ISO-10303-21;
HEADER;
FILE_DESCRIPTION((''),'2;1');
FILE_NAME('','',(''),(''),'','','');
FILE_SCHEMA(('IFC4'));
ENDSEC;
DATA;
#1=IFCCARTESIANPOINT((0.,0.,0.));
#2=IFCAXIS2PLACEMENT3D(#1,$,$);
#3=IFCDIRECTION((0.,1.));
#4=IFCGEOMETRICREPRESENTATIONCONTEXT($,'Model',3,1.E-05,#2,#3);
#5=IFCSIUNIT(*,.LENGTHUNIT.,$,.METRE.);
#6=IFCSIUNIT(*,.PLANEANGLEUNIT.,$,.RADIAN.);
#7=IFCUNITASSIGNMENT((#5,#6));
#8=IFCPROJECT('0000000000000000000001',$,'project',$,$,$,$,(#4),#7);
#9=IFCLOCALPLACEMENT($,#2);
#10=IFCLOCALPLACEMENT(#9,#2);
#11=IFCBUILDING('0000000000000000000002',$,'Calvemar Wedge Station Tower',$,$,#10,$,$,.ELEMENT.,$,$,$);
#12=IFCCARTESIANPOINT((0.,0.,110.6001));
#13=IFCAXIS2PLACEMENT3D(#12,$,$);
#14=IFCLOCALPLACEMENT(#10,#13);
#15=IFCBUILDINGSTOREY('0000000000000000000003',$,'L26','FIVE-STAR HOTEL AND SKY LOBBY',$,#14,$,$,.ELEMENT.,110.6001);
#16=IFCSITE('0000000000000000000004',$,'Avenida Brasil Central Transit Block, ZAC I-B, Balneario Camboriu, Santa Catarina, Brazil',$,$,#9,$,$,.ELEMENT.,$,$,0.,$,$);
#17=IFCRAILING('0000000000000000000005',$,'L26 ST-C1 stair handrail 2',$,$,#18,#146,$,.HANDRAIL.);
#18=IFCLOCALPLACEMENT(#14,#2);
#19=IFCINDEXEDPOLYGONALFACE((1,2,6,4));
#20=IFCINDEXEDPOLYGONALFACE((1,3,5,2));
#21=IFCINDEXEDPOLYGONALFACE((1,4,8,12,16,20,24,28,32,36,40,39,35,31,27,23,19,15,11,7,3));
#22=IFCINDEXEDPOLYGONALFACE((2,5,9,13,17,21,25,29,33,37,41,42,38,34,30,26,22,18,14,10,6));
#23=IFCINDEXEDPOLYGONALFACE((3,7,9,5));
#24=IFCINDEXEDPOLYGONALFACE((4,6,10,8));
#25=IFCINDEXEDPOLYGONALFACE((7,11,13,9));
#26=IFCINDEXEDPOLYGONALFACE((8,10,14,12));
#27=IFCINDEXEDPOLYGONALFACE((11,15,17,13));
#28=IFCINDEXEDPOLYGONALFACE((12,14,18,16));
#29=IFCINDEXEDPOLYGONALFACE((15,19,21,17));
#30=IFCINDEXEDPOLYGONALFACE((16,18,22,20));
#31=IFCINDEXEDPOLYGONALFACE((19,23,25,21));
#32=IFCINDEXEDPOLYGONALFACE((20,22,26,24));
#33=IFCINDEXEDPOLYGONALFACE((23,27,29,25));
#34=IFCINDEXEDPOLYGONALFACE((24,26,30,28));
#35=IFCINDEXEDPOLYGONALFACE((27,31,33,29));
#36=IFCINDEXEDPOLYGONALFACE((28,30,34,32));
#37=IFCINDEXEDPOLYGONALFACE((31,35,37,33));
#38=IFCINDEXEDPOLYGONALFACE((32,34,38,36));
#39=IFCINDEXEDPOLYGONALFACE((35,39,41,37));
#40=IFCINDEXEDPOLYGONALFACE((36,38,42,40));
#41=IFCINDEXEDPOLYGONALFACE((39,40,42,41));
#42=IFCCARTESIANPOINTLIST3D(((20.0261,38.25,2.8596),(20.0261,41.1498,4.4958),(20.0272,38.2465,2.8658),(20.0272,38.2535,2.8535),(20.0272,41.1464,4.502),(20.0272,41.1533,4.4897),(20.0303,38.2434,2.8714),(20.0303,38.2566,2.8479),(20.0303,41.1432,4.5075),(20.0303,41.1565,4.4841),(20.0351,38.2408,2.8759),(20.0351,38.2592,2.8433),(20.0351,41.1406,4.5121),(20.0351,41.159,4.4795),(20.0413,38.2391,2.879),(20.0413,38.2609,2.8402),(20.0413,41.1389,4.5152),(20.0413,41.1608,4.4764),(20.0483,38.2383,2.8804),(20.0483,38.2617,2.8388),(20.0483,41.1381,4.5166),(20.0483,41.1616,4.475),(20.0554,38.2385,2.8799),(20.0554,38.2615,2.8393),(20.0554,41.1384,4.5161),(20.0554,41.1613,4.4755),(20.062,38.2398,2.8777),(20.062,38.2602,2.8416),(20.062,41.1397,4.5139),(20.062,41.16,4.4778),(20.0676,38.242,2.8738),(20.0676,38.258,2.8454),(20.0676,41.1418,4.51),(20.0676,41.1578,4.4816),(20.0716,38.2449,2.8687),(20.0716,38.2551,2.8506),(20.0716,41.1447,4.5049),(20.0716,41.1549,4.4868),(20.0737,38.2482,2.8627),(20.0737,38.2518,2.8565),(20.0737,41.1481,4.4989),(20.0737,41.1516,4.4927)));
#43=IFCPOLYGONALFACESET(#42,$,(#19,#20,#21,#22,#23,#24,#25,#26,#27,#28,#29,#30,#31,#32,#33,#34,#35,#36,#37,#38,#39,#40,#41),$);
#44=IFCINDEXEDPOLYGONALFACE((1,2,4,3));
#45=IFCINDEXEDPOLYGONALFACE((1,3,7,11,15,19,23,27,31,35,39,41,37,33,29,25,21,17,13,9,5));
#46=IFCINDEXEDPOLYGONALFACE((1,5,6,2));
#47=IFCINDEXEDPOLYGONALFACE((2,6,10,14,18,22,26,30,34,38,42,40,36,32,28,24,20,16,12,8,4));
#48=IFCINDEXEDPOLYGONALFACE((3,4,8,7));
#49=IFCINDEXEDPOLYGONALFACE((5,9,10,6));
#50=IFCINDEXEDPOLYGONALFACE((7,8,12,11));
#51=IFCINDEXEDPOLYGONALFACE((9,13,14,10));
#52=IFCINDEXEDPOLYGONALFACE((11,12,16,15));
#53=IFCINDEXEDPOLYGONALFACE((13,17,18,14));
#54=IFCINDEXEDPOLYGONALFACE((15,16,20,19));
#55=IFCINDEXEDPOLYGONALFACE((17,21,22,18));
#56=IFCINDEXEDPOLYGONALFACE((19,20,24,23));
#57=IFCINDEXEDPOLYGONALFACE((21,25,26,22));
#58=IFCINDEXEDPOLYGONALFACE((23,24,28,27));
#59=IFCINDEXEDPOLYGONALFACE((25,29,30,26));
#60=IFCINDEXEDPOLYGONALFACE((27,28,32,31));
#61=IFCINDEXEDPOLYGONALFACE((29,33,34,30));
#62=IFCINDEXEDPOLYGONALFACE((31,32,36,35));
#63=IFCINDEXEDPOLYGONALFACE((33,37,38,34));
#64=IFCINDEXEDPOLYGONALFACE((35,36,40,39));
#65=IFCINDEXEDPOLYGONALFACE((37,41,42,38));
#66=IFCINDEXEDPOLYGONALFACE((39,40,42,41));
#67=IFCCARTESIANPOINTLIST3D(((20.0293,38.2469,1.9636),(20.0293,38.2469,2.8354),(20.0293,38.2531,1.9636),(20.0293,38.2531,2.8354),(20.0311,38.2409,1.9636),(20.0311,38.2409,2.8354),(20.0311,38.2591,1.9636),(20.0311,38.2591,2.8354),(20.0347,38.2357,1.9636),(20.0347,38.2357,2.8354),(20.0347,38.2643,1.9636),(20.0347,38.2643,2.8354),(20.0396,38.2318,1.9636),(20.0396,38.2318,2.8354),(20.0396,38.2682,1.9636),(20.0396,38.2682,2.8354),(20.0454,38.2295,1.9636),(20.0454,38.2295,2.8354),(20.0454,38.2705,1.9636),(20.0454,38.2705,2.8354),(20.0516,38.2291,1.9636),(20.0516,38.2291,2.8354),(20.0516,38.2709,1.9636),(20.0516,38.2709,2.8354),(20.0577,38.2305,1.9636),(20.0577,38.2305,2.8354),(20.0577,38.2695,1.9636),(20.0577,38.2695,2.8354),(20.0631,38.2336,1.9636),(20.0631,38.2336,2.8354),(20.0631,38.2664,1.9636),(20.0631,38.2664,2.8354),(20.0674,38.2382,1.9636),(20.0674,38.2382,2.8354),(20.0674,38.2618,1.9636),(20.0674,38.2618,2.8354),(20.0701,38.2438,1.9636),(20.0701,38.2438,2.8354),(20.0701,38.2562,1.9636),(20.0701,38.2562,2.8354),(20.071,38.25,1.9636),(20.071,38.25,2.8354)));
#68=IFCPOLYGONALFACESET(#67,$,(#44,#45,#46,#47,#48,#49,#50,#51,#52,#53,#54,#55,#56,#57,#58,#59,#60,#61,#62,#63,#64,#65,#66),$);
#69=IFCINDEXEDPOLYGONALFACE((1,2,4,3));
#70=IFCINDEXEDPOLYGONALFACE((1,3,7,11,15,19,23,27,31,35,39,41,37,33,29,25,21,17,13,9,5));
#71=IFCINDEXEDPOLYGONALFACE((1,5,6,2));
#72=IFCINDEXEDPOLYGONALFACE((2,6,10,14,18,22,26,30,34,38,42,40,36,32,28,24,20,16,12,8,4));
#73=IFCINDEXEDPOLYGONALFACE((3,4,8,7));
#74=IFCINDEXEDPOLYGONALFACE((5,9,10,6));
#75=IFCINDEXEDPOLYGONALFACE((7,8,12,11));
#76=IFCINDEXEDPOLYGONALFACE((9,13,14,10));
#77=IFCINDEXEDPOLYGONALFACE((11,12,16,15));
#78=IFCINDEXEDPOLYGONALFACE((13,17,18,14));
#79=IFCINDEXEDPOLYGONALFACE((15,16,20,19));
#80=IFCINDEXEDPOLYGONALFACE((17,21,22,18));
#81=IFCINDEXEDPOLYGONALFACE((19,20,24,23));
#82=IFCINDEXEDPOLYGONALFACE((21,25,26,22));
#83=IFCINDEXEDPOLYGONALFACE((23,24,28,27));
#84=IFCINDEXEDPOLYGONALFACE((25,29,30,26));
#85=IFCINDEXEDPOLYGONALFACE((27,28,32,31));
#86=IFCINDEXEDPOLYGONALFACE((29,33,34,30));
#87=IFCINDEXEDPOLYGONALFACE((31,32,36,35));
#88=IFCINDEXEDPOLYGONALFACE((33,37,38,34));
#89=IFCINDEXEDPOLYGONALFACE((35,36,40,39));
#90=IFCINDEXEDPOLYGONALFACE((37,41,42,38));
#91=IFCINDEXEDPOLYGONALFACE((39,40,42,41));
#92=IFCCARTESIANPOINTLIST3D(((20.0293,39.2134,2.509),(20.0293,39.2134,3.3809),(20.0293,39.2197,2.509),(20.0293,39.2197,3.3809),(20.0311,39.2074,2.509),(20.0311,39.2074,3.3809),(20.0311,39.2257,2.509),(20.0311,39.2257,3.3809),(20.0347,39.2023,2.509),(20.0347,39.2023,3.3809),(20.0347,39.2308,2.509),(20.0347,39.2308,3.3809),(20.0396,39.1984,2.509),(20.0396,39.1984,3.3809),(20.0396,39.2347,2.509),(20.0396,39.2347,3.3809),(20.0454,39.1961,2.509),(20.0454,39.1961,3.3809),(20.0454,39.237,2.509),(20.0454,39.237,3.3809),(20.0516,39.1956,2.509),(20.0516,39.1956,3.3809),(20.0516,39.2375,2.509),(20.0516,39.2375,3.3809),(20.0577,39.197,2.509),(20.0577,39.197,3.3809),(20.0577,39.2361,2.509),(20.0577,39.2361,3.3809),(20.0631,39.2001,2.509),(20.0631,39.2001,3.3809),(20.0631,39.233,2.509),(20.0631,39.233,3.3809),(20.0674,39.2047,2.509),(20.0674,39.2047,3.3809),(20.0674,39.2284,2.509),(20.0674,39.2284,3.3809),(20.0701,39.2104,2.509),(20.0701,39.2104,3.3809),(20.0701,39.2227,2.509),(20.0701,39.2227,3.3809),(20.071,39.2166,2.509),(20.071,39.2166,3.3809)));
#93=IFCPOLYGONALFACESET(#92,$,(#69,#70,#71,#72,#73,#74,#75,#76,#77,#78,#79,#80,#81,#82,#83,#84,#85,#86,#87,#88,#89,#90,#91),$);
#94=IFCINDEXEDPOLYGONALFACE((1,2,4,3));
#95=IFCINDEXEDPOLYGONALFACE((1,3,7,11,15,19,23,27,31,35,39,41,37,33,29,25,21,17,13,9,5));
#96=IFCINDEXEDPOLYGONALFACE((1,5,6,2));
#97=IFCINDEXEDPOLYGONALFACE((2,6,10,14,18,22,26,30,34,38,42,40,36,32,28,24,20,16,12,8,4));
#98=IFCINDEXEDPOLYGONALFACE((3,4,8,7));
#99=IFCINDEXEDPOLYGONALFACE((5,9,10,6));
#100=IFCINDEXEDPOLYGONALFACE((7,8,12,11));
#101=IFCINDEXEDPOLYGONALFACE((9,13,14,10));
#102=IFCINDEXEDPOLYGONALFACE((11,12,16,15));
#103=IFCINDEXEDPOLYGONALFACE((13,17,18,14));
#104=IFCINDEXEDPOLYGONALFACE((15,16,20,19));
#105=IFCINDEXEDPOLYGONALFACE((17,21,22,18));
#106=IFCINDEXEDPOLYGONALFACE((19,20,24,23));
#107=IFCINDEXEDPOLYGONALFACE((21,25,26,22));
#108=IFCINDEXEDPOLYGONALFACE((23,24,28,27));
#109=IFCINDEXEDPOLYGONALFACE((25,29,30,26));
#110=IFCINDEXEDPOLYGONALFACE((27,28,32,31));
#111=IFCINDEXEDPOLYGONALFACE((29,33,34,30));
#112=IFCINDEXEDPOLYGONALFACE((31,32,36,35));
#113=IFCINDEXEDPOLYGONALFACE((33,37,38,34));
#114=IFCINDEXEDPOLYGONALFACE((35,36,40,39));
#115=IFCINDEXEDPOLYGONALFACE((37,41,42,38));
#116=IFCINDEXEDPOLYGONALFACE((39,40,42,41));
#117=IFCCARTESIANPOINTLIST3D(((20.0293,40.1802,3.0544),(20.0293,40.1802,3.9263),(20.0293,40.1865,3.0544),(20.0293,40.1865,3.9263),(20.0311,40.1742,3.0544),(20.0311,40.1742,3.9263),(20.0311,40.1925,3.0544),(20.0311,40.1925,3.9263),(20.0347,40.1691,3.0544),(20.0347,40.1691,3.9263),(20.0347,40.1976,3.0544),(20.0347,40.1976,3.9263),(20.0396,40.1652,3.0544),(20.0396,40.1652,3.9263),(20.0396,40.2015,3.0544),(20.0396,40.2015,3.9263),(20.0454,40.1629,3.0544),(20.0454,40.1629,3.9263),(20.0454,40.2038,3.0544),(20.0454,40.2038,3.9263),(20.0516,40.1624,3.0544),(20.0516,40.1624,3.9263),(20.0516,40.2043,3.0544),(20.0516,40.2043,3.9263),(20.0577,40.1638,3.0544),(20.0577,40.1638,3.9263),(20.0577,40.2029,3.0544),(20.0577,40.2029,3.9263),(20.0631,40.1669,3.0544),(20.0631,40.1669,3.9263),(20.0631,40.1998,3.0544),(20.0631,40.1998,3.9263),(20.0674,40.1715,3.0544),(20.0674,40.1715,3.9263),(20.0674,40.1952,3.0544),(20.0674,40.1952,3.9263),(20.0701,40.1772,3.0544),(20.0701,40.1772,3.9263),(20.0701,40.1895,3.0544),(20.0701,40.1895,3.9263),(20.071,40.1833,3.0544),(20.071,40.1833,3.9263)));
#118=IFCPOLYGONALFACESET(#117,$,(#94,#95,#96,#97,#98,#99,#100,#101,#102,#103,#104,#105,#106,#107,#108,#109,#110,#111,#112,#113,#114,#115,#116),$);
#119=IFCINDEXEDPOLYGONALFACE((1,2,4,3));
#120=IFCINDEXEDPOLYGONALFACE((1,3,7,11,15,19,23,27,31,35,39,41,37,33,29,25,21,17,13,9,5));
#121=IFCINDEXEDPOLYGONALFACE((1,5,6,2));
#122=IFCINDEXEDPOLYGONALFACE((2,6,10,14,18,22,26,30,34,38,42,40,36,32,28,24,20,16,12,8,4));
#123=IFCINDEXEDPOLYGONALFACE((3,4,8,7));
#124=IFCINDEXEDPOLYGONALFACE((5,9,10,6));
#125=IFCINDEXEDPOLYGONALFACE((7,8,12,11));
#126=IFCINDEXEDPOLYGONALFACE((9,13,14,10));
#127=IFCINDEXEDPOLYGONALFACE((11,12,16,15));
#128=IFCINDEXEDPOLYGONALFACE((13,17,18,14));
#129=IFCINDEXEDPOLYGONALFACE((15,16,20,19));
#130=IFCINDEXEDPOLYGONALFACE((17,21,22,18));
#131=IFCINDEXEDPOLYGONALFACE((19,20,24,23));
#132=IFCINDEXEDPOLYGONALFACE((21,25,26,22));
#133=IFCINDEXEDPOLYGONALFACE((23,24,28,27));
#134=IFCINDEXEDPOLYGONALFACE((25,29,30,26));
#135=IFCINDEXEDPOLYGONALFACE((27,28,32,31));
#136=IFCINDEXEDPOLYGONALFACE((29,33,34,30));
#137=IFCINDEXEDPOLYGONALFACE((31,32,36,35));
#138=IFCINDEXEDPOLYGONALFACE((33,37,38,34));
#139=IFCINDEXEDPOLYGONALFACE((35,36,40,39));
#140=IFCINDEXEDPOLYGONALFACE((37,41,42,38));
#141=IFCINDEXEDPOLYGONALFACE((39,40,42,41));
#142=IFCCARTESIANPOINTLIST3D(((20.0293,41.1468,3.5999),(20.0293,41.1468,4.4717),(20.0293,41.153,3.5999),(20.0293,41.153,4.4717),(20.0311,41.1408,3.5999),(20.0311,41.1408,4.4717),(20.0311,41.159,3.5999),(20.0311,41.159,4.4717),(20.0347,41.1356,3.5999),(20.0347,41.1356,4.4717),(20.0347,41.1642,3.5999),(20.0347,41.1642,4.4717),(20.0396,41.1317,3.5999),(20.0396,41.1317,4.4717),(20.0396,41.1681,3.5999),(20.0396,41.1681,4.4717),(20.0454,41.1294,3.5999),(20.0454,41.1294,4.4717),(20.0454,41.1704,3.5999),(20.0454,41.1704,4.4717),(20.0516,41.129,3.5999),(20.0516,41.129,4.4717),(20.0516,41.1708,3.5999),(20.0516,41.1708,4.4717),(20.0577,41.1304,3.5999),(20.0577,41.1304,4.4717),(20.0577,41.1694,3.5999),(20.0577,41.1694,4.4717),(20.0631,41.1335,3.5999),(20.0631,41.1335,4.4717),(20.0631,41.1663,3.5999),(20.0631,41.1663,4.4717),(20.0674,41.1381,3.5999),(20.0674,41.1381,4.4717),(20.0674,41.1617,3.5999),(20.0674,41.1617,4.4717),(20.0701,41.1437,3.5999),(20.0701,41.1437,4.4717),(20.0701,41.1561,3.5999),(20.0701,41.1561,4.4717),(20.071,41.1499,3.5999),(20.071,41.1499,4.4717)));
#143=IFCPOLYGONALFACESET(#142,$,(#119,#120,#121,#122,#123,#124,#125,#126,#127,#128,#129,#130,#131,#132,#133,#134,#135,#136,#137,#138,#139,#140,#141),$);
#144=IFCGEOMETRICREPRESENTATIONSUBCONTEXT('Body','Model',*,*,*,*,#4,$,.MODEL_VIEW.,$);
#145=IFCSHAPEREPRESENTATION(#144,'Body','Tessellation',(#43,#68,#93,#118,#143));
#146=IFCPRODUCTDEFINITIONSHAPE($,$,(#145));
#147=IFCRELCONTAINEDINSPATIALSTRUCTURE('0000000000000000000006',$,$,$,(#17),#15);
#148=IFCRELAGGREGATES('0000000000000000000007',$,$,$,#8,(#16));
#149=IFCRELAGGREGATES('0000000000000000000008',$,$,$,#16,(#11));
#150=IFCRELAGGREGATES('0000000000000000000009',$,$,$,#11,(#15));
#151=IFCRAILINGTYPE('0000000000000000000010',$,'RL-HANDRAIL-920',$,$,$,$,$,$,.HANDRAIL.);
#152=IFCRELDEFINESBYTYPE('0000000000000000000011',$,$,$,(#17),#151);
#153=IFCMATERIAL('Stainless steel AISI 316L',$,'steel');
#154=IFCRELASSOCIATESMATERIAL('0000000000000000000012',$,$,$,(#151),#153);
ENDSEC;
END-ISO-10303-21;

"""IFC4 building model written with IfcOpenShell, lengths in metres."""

from ifc_helpers import new_model, si_unit, direction, frame, origin, origin_2d, place, context, subcontext, project, spatial, circle, extrude, material, type_object, element, save


model = new_model("IFC4")

# Units and contexts
model_context = context("Model", 3, precision=1e-05, world=origin(), true_north=direction((0.0, 1.0)))
body_context = subcontext(model_context, "Body", "Model", "MODEL_VIEW")
ifc_project = project(units=[si_unit("LENGTHUNIT", "METRE"), si_unit("PLANEANGLEUNIT", "RADIAN")], contexts=[model_context])

# Site, building, storey
site_placement = place(None, origin())
site = spatial("IfcSite", under=ifc_project, at=site_placement, Name="Avenida Brasil Central Transit Block, ZAC I-B, Balneario Camboriu, Santa Catarina, Brazil", CompositionType="ELEMENT", RefElevation=0.0)
building_placement = place(site_placement, origin())
building = spatial("IfcBuilding", under=site, at=building_placement, Name="Calvemar Wedge Station Tower", CompositionType="ELEMENT")
storey_placement = place(building_placement, frame((0.0, 0.0, 110.6001)))
storey = spatial("IfcBuildingStorey", under=building, at=storey_placement, Name="L26", Description="FIVE-STAR HOTEL AND SKY LOBBY", CompositionType="ELEMENT", Elevation=110.6001)

# Railing
ifc_material_1 = material(Name="Stainless steel AISI 316L", Category="steel")
railing_type_1 = type_object("IfcRailingType", Name="RL-HANDRAIL-920", PredefinedType="HANDRAIL", material=ifc_material_1)
railing_1_placement = place(storey_placement, frame((20.05, 38.25, 1.9636)))
element("IfcRailing", 1, at=railing_1_placement, inside=storey, type_object=railing_type_1, Name="L26 ST-C1 stair handrail 2", PredefinedType="HANDRAIL", context=body_context, shape_type="SweptSolid", body=[
    extrude(circle(Radius=0.0239, at=origin_2d()), frame((0.0, 0.0, 0.896), z_axis=(0.0, 0.870929, 0.49141), x_axis=(-1.0, 0.0, 0.0)), (0.0, 0.0, 1.0), 3.3296),
    extrude(circle(Radius=0.021, at=origin_2d()), origin(), (0.0, 0.0, 1.0), 0.8718),
    extrude(circle(Radius=0.021, at=origin_2d()), frame((0.0, 0.9666, 0.5454)), (0.0, 0.0, 1.0), 0.8718),
    extrude(circle(Radius=0.021, at=origin_2d()), frame((0.0, 1.9333, 1.0908)), (0.0, 0.0, 1.0), 0.8718),
    extrude(circle(Radius=0.021, at=origin_2d()), frame((0.0, 2.8999, 1.6362)), (0.0, 0.0, 1.0), 0.8718),
])

save(model, "model.ifc")
